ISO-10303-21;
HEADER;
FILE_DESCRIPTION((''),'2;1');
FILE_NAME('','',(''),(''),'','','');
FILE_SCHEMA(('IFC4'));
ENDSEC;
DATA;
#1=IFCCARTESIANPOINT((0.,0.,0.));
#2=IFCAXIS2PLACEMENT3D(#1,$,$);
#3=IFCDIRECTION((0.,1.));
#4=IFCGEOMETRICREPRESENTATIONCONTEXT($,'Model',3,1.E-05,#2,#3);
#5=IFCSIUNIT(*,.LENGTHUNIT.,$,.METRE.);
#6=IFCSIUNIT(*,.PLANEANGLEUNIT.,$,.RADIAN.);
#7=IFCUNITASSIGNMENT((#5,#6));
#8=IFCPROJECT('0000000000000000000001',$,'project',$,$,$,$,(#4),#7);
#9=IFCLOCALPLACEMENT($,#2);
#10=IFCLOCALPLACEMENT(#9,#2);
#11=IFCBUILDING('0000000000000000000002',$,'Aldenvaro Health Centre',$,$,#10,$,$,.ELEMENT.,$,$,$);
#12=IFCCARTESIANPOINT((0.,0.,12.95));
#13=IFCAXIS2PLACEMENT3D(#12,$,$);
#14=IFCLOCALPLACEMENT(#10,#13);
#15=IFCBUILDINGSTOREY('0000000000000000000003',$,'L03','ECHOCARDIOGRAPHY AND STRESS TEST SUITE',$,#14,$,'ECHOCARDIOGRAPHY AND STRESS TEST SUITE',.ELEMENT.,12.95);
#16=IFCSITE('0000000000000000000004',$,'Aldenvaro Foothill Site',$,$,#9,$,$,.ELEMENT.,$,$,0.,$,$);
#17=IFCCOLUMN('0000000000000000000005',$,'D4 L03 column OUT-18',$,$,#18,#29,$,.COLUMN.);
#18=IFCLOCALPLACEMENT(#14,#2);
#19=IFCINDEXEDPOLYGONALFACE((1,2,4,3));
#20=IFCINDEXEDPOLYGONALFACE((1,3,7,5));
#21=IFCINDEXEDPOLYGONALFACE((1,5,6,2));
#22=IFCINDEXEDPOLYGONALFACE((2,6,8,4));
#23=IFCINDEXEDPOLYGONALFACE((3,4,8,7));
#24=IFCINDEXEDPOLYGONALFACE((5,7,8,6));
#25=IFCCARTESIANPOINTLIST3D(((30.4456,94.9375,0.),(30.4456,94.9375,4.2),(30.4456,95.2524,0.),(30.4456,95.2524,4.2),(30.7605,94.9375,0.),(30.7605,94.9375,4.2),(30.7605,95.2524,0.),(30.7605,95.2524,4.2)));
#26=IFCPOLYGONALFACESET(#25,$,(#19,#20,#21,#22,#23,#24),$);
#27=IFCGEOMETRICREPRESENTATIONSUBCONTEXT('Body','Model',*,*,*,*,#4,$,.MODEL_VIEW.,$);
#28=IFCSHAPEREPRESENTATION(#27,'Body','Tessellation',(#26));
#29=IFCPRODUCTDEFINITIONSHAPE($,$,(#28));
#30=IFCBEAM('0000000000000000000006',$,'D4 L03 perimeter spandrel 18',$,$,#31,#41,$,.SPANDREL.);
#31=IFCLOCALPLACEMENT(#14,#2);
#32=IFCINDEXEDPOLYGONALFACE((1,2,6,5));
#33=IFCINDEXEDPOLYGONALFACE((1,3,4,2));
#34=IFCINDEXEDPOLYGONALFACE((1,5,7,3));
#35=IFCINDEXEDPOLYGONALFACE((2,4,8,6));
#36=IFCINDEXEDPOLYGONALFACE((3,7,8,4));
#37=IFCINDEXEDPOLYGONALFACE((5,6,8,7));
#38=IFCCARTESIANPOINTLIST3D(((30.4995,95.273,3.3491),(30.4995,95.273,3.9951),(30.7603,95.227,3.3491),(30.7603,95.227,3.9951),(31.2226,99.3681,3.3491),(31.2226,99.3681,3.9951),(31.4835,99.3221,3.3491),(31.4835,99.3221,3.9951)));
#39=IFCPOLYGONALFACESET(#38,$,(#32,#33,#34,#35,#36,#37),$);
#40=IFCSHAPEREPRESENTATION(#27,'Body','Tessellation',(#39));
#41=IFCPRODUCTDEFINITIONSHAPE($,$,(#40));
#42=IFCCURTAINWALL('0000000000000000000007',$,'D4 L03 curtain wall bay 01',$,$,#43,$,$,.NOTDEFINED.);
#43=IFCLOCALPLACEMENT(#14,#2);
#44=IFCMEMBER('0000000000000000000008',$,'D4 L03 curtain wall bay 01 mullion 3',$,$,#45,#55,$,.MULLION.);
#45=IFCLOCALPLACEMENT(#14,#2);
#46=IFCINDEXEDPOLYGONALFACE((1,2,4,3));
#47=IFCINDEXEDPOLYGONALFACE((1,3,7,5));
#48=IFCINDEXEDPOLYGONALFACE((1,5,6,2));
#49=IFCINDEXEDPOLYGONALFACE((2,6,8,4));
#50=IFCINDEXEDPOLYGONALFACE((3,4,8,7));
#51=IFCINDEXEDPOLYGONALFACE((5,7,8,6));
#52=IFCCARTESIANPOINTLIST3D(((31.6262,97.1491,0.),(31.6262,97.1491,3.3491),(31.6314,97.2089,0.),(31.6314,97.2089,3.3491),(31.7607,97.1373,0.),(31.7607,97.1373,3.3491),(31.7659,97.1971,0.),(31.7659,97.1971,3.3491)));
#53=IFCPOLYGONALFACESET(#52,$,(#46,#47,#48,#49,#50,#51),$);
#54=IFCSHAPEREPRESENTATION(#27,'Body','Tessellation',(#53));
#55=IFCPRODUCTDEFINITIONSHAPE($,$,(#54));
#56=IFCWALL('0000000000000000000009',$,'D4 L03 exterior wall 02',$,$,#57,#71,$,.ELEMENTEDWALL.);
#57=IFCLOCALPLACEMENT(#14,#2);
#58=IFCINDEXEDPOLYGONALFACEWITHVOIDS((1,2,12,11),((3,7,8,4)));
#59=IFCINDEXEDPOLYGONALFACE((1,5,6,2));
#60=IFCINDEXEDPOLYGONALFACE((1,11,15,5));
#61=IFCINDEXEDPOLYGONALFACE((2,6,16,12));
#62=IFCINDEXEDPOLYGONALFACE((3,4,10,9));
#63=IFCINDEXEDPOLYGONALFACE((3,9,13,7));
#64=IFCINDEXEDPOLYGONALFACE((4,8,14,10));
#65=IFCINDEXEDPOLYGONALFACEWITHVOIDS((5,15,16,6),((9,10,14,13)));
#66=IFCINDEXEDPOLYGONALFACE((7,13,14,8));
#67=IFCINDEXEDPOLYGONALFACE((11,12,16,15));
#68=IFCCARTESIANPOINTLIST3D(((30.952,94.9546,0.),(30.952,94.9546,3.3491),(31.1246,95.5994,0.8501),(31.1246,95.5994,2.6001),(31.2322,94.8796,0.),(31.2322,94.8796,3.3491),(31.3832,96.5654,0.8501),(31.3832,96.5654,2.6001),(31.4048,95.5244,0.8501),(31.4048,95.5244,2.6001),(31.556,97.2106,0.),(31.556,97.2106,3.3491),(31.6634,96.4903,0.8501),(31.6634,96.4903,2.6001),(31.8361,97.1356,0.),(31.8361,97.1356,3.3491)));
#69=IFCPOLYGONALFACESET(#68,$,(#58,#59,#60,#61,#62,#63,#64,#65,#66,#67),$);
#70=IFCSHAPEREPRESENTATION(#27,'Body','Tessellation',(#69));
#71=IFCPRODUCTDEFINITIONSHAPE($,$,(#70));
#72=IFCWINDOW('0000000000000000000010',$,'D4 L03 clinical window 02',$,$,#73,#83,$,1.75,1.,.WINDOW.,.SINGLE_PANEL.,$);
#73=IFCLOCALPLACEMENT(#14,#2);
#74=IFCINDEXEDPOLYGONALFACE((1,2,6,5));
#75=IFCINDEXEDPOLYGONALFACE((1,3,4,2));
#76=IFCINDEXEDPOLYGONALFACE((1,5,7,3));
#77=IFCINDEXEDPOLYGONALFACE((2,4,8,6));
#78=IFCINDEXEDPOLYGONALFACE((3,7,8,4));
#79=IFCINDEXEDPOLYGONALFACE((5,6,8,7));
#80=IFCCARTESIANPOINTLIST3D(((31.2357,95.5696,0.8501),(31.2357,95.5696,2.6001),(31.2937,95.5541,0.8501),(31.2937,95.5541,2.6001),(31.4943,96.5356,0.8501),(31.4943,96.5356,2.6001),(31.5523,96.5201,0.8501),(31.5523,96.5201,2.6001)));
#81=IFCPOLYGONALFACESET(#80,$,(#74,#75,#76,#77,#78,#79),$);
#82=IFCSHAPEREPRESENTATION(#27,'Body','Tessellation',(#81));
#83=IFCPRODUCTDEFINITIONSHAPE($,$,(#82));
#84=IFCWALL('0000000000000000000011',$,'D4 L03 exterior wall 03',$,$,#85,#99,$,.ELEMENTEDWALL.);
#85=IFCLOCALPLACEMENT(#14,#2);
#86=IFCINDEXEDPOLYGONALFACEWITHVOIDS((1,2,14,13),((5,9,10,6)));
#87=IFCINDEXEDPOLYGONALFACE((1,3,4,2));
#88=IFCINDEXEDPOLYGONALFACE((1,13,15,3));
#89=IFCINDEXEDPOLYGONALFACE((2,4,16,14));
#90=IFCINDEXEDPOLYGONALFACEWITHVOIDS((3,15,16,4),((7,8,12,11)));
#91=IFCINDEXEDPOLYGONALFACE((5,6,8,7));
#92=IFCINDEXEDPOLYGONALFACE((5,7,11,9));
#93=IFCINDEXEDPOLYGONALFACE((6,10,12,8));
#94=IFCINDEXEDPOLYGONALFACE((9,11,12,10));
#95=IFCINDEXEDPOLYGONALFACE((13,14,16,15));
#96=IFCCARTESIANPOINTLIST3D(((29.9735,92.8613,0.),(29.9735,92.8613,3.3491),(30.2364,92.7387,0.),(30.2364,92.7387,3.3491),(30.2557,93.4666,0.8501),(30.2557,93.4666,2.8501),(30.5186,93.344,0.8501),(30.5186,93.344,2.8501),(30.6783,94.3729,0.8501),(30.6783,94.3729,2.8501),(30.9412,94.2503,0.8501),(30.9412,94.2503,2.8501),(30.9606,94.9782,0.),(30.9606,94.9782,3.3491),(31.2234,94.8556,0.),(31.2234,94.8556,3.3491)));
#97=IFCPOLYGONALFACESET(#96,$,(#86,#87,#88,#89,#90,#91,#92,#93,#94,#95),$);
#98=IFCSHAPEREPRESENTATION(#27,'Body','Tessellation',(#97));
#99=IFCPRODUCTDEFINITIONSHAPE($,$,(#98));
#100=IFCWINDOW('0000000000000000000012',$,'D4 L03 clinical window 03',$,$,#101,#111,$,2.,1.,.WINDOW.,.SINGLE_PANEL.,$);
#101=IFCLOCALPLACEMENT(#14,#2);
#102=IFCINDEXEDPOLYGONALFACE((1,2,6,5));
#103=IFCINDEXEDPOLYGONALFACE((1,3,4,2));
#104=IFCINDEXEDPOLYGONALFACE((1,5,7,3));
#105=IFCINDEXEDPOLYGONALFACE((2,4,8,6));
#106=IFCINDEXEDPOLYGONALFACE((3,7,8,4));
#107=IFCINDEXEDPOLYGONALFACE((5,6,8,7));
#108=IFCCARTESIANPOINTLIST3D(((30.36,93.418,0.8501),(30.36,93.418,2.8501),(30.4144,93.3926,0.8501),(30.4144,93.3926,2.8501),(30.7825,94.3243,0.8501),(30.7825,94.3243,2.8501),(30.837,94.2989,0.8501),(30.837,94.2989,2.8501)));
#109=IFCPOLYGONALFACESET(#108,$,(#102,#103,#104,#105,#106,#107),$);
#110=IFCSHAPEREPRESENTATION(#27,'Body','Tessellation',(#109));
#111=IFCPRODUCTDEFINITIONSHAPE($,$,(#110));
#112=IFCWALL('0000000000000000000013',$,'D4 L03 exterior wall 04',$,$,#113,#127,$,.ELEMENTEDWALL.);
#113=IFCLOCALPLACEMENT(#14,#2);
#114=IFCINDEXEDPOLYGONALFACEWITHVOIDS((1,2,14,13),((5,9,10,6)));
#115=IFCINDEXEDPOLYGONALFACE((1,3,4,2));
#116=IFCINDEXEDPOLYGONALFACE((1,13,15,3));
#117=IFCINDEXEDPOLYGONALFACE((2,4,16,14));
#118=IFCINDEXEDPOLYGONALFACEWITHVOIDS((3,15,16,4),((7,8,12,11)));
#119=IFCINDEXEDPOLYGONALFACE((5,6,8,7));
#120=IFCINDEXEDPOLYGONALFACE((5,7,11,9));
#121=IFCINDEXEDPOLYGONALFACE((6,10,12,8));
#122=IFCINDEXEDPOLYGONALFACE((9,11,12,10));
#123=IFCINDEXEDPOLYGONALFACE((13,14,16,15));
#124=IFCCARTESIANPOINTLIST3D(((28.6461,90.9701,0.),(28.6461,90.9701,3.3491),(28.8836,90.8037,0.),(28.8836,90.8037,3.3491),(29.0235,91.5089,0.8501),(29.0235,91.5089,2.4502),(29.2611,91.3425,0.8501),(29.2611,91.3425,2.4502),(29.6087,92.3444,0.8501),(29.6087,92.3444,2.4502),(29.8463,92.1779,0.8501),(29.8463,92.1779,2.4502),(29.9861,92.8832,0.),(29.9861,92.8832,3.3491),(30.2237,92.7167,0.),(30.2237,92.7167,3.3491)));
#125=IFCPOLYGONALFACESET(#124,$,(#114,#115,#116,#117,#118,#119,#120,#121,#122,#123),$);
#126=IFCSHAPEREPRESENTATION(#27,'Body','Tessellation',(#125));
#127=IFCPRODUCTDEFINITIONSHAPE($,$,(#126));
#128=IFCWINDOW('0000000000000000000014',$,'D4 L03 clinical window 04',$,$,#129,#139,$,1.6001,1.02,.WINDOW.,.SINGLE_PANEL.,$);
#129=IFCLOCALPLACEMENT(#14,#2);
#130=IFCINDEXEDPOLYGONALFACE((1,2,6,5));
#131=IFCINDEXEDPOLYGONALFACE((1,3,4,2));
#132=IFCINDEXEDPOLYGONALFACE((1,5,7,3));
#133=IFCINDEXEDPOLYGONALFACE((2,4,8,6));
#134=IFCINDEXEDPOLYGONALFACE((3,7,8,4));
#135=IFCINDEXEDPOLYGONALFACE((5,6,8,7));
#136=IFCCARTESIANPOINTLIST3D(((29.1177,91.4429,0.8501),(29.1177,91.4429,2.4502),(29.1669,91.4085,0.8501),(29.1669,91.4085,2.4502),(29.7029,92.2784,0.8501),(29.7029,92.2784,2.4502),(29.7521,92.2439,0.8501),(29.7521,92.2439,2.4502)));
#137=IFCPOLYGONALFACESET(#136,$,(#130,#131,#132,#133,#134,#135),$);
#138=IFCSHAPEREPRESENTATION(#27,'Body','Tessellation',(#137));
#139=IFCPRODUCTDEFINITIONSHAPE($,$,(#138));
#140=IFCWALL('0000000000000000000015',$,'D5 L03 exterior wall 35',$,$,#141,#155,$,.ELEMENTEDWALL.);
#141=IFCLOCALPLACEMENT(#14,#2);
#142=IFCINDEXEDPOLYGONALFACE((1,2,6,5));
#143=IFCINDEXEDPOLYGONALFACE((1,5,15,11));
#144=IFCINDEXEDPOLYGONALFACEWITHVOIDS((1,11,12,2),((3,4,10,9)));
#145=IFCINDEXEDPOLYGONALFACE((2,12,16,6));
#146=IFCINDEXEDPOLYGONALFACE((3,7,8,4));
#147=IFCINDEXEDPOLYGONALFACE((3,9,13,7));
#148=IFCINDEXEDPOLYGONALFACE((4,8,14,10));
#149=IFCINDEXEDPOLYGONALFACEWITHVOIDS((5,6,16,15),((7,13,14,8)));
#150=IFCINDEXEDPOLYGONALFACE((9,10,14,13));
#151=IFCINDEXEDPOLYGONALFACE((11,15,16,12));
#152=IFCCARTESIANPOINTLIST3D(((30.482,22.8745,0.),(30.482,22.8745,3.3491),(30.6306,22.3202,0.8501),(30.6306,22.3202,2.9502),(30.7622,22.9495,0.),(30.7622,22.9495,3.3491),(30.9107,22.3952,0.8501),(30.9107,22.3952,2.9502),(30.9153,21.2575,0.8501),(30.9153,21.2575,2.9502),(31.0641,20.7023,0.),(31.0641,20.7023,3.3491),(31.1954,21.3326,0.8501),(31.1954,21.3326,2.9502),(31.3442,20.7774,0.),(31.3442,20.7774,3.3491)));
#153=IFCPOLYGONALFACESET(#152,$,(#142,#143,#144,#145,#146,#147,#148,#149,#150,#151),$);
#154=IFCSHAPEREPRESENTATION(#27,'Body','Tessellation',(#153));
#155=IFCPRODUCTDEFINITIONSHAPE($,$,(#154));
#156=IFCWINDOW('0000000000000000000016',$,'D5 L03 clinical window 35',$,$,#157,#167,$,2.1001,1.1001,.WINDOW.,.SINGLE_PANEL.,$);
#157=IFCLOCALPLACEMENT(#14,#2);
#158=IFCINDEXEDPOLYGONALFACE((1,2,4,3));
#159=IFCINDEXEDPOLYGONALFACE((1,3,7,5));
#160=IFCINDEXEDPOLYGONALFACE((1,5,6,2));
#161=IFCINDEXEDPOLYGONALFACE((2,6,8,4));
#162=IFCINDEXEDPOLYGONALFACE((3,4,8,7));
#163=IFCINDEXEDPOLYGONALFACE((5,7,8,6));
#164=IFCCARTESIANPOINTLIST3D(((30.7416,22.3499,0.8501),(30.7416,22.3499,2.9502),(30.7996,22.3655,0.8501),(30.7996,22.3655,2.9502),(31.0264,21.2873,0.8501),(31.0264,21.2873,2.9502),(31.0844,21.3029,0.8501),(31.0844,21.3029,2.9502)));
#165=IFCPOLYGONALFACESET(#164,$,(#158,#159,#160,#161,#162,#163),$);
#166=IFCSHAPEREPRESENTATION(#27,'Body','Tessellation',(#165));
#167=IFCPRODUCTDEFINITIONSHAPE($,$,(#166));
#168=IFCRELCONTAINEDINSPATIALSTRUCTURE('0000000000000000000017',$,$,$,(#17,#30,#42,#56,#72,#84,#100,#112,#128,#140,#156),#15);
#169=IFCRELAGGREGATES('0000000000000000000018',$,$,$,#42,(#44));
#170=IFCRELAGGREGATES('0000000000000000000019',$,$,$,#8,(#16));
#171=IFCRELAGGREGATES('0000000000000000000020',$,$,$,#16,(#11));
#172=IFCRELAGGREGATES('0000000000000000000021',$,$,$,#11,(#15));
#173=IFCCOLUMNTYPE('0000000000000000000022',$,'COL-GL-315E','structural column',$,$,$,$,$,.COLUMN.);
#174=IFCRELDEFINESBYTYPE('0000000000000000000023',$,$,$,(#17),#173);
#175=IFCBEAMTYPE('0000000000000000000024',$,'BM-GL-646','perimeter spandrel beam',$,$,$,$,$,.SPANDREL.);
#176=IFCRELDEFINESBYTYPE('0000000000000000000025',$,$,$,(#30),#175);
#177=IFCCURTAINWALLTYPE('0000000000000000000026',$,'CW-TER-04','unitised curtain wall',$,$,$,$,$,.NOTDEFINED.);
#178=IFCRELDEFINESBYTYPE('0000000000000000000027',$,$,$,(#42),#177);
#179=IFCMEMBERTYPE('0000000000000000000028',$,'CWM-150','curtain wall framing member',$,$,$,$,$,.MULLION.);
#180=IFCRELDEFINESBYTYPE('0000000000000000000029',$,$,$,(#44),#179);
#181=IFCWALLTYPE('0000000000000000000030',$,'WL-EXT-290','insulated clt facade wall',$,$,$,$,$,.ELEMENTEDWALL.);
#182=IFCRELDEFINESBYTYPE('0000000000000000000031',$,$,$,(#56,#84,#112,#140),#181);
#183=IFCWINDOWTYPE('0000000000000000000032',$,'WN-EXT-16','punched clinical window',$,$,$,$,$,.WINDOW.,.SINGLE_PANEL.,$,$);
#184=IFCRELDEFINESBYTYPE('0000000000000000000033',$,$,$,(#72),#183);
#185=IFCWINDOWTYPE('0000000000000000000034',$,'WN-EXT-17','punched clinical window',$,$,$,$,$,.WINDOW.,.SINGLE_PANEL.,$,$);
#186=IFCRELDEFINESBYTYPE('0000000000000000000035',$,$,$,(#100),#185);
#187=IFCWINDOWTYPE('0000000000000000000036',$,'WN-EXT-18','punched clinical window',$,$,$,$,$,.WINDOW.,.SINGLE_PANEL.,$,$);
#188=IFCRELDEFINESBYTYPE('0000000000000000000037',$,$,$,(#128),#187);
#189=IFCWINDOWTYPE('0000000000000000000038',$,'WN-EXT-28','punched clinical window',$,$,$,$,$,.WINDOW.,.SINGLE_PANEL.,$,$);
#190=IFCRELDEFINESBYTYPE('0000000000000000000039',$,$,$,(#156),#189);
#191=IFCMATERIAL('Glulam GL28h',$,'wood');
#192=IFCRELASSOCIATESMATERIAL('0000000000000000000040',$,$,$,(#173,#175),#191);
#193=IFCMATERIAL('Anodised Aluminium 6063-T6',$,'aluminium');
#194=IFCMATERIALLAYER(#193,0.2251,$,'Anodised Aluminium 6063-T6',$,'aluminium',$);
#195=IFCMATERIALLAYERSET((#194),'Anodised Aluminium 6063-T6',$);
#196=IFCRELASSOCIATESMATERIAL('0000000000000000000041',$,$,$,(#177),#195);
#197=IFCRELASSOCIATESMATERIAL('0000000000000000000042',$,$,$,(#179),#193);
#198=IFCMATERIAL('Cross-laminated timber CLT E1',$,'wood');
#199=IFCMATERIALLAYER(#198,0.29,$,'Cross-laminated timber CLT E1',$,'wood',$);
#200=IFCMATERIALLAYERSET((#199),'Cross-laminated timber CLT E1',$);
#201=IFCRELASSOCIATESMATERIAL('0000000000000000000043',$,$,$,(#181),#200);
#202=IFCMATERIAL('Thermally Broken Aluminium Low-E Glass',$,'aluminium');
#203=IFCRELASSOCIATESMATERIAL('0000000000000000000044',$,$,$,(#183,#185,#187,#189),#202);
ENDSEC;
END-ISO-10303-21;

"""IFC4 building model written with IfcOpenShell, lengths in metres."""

from ifc_helpers import new_model, si_unit, direction, frame, frame_2d, origin, origin_2d, place, context, subcontext, project, spatial, rectangle, extrude, material, layer, layer_set, material_profile, profile_set, type_object, element, fill, aggregate, save


model = new_model("IFC4")

# Units and contexts
model_context = context("Model", 3, precision=1e-05, world=origin(), true_north=direction((0.0, 1.0)))
body_context = subcontext(model_context, "Body", "Model", "MODEL_VIEW")
ifc_project = project(units=[si_unit("LENGTHUNIT", "METRE"), si_unit("PLANEANGLEUNIT", "RADIAN")], contexts=[model_context])

# Site, building, storey
site_placement = place(None, origin())
site = spatial("IfcSite", under=ifc_project, at=site_placement, Name="Aldenvaro Foothill Site", CompositionType="ELEMENT", RefElevation=0.0)
building_placement = place(site_placement, origin())
building = spatial("IfcBuilding", under=site, at=building_placement, Name="Aldenvaro Health Centre", CompositionType="ELEMENT")
storey_placement = place(building_placement, frame((0.0, 0.0, 12.95)))
storey = spatial("IfcBuildingStorey", under=building, at=storey_placement, Name="L03", Description="ECHOCARDIOGRAPHY AND STRESS TEST SUITE", LongName="ECHOCARDIOGRAPHY AND STRESS TEST SUITE", CompositionType="ELEMENT", Elevation=12.95)

# Column
ifc_material_1 = material(Name="Glulam GL28h", Category="wood")
ifc_material_profile_1 = material_profile(ifc_material_1, rectangle(XDim=0.3149, YDim=0.3149, at=origin_2d()), Name="GL 315x315", Category="wood")
ifc_profile_set_1 = profile_set([ifc_material_profile_1], Name="Glulam GL28h")
column_type = type_object("IfcColumnType", Name="COL-GL-315E", Description="structural column", PredefinedType="COLUMN", material=ifc_profile_set_1)
column_placement = place(storey_placement, frame((30.603, 95.095, 0.0), z_axis=(0.0, 0.0, 1.0), x_axis=(1.0, 0.0, 0.0)))
element("IfcColumn", 1, at=column_placement, inside=storey, type_object=column_type, Name="D4 L03 column OUT-18", PredefinedType="COLUMN", context=body_context, shape_type="SweptSolid", body=[
    extrude(rectangle(XDim=0.3149, YDim=0.3149, at=origin_2d()), origin(), (0.0, 0.0, 1.0), 4.2),
])

# Beam
ifc_material_profile_2 = material_profile(ifc_material_1, rectangle(XDim=0.2649, YDim=0.646, at=origin_2d()), Name="GL 265x646", Category="wood")
ifc_profile_set_2 = profile_set([ifc_material_profile_2], Name="Glulam GL28h")
beam_type = type_object("IfcBeamType", Name="BM-GL-646", Description="perimeter spandrel beam", PredefinedType="SPANDREL", material=ifc_profile_set_2)
beam_placement = place(storey_placement, frame((30.6299, 95.25, 3.6721), z_axis=(0.173903, 0.984763, 0.0), x_axis=(-0.984763, 0.173903, 0.0)))
element("IfcBeam", 2, at=beam_placement, inside=storey, type_object=beam_type, Name="D4 L03 perimeter spandrel 18", PredefinedType="SPANDREL", context=body_context, shape_type="SweptSolid", body=[
    extrude(rectangle(XDim=0.2649, YDim=0.646, at=origin_2d()), origin(), (0.0, 0.0, 1.0), 4.1584),
])

# Curtain wall, member
ifc_material_2 = material(Name="Anodised Aluminium 6063-T6", Category="aluminium")
ifc_layer_1 = layer(ifc_material_2, 0.2251, Name="Anodised Aluminium 6063-T6", Category="aluminium")
ifc_layer_set_1 = layer_set([ifc_layer_1], Name="Anodised Aluminium 6063-T6")
curtain_wall_type = type_object("IfcCurtainWallType", Name="CW-TER-04", Description="unitised curtain wall", PredefinedType="NOTDEFINED", material=ifc_layer_set_1)
curtain_wall_placement = place(storey_placement, origin())
curtain_wall = element("IfcCurtainWall", 3, at=curtain_wall_placement, inside=storey, type_object=curtain_wall_type, Name="D4 L03 curtain wall bay 01", PredefinedType="NOTDEFINED")
ifc_material_profile_3 = material_profile(ifc_material_2, rectangle(XDim=0.0601, YDim=0.135, at=origin_2d()), Name="ALU 60x135", Category="aluminium")
ifc_profile_set_3 = profile_set([ifc_material_profile_3], Name="Anodised Aluminium 6063-T6")
member_type = type_object("IfcMemberType", Name="CWM-150", Description="curtain wall framing member", PredefinedType="MULLION", material=ifc_profile_set_3)
member_placement = place(storey_placement, frame((31.696, 97.1731, 0.0), z_axis=(0.0, 0.0, 1.0), x_axis=(-0.087332, -0.996179, 0.0)))
member = element("IfcMember", 4, at=member_placement, type_object=member_type, Name="D4 L03 curtain wall bay 01 mullion 3", PredefinedType="MULLION", context=body_context, shape_type="SweptSolid", body=[
    extrude(rectangle(XDim=0.0601, YDim=0.135, at=origin_2d()), origin(), (0.0, 0.0, 1.0), 3.3491),
])
aggregate(curtain_wall, [member])

# Walls, openings, windows
ifc_material_3 = material(Name="Cross-laminated timber CLT E1", Category="wood")
ifc_layer_2 = layer(ifc_material_3, 0.29, Name="Cross-laminated timber CLT E1", Category="wood")
ifc_layer_set_2 = layer_set([ifc_layer_2], Name="Cross-laminated timber CLT E1")
wall_type = type_object("IfcWallType", Name="WL-EXT-290", Description="insulated clt facade wall", PredefinedType="ELEMENTEDWALL", material=ifc_layer_set_2)
wall_1_placement = place(storey_placement, frame((31.696, 97.1731, 0.0), z_axis=(0.0, 0.0, 1.0), x_axis=(-0.258612, -0.965981, 0.0)))
wall_1 = element("IfcWall", 5, at=wall_1_placement, inside=storey, type_object=wall_type, Name="D4 L03 exterior wall 02", PredefinedType="ELEMENTEDWALL", context=body_context, shape_type="SweptSolid", body=[
    extrude(rectangle(XDim=2.3354, YDim=0.29, at=frame_2d((1.1677, 0.0))), origin(), (0.0, 0.0, 1.0), 3.3491),
])
opening_1_placement = place(wall_1_placement, frame((0.668, 0.0, 0.8501)))
opening_1 = element("IfcOpeningElement", 6, at=opening_1_placement, cuts=wall_1, PredefinedType="OPENING", context=body_context, shape_type="SweptSolid", body=[
    extrude(rectangle(XDim=1.0, YDim=1.75, at=frame_2d((0.5, 0.875))), frame((0.0, 0.155, 0.0), z_axis=(0.0, -1.0, 0.0), x_axis=(1.0, 0.0, 0.0)), (0.0, 0.0, 1.0), 0.3101),
])
ifc_material_4 = material(Name="Thermally Broken Aluminium Low-E Glass", Category="aluminium")
window_type_1 = type_object("IfcWindowType", Name="WN-EXT-16", Description="punched clinical window", PartitioningType="SINGLE_PANEL", PredefinedType="WINDOW", material=ifc_material_4)
window_1_placement = place(opening_1_placement, origin())
window_1 = element("IfcWindow", 7, at=window_1_placement, inside=storey, type_object=window_type_1, Name="D4 L03 clinical window 02", OverallHeight=1.75, OverallWidth=1.0, PartitioningType="SINGLE_PANEL", PredefinedType="WINDOW", context=body_context, shape_type="SweptSolid", body=[
    extrude(rectangle(XDim=1.0, YDim=1.75, at=frame_2d((0.5, 0.875))), frame((0.0, 0.03, 0.0), z_axis=(0.0, -1.0, 0.0), x_axis=(1.0, 0.0, 0.0)), (0.0, 0.0, 1.0), 0.0601),
])
fill(opening_1, window_1)
wall_2_placement = place(storey_placement, frame((31.092, 94.917, 0.0), z_axis=(0.0, 0.0, 1.0), x_axis=(-0.422588, -0.906322, 0.0)))
wall_2 = element("IfcWall", 8, at=wall_2_placement, inside=storey, type_object=wall_type, Name="D4 L03 exterior wall 03", PredefinedType="ELEMENTEDWALL", context=body_context, shape_type="SweptSolid", body=[
    extrude(rectangle(XDim=2.3357, YDim=0.29, at=frame_2d((1.168, 0.0))), origin(), (0.0, 0.0, 1.0), 3.3491),
])
opening_2_placement = place(wall_2_placement, frame((0.668, 0.0, 0.8501)))
opening_2 = element("IfcOpeningElement", 9, at=opening_2_placement, cuts=wall_2, PredefinedType="OPENING", context=body_context, shape_type="SweptSolid", body=[
    extrude(rectangle(XDim=1.0, YDim=2.0, at=frame_2d((0.5, 1.0))), frame((0.0, 0.155, 0.0), z_axis=(0.0, -1.0, 0.0), x_axis=(1.0, 0.0, 0.0)), (0.0, 0.0, 1.0), 0.3101),
])
window_type_2 = type_object("IfcWindowType", Name="WN-EXT-17", Description="punched clinical window", PartitioningType="SINGLE_PANEL", PredefinedType="WINDOW", material=ifc_material_4)
window_2_placement = place(opening_2_placement, origin())
window_2 = element("IfcWindow", 10, at=window_2_placement, inside=storey, type_object=window_type_2, Name="D4 L03 clinical window 03", OverallHeight=2.0, OverallWidth=1.0, PartitioningType="SINGLE_PANEL", PredefinedType="WINDOW", context=body_context, shape_type="SweptSolid", body=[
    extrude(rectangle(XDim=1.0, YDim=2.0, at=frame_2d((0.5, 1.0))), frame((0.0, 0.03, 0.0), z_axis=(0.0, -1.0, 0.0), x_axis=(1.0, 0.0, 0.0)), (0.0, 0.0, 1.0), 0.0601),
])
fill(opening_2, window_2)
wall_3_placement = place(storey_placement, frame((30.105, 92.8, 0.0), z_axis=(0.0, 0.0, 1.0), x_axis=(-0.573729, -0.819045, 0.0)))
wall_3 = element("IfcWall", 11, at=wall_3_placement, inside=storey, type_object=wall_type, Name="D4 L03 exterior wall 04", PredefinedType="ELEMENTEDWALL", context=body_context, shape_type="SweptSolid", body=[
    extrude(rectangle(XDim=2.3357, YDim=0.29, at=frame_2d((1.168, 0.0))), origin(), (0.0, 0.0, 1.0), 3.3491),
])
opening_3_placement = place(wall_3_placement, frame((0.658, 0.0, 0.8501)))
opening_3 = element("IfcOpeningElement", 12, at=opening_3_placement, cuts=wall_3, PredefinedType="OPENING", context=body_context, shape_type="SweptSolid", body=[
    extrude(rectangle(XDim=1.02, YDim=1.6001, at=frame_2d((0.51, 0.8))), frame((0.0, 0.155, 0.0), z_axis=(0.0, -1.0, 0.0), x_axis=(1.0, 0.0, 0.0)), (0.0, 0.0, 1.0), 0.3101),
])
window_type_3 = type_object("IfcWindowType", Name="WN-EXT-18", Description="punched clinical window", PartitioningType="SINGLE_PANEL", PredefinedType="WINDOW", material=ifc_material_4)
window_3_placement = place(opening_3_placement, origin())
window_3 = element("IfcWindow", 13, at=window_3_placement, inside=storey, type_object=window_type_3, Name="D4 L03 clinical window 04", OverallHeight=1.6001, OverallWidth=1.02, PartitioningType="SINGLE_PANEL", PredefinedType="WINDOW", context=body_context, shape_type="SweptSolid", body=[
    extrude(rectangle(XDim=1.02, YDim=1.6001, at=frame_2d((0.51, 0.8))), frame((0.0, 0.03, 0.0), z_axis=(0.0, -1.0, 0.0), x_axis=(1.0, 0.0, 0.0)), (0.0, 0.0, 1.0), 0.0601),
])
fill(opening_3, window_3)
wall_4_placement = place(storey_placement, frame((30.6221, 22.9121, 0.0), z_axis=(0.0, 0.0, 1.0), x_axis=(0.258825, -0.965924, 0.0)))
wall_4 = element("IfcWall", 14, at=wall_4_placement, inside=storey, type_object=wall_type, Name="D5 L03 exterior wall 35", PredefinedType="ELEMENTEDWALL", context=body_context, shape_type="SweptSolid", body=[
    extrude(rectangle(XDim=2.2488, YDim=0.29, at=frame_2d((1.1245, 0.0))), origin(), (0.0, 0.0, 1.0), 3.3491),
])
opening_4_placement = place(wall_4_placement, frame((0.574, 0.0, 0.8501)))
opening_4 = element("IfcOpeningElement", 15, at=opening_4_placement, cuts=wall_4, PredefinedType="OPENING", context=body_context, shape_type="SweptSolid", body=[
    extrude(rectangle(XDim=1.1001, YDim=2.1001, at=frame_2d((0.55, 1.05))), frame((0.0, 0.155, 0.0), z_axis=(0.0, -1.0, 0.0), x_axis=(1.0, 0.0, 0.0)), (0.0, 0.0, 1.0), 0.3101),
])
window_type_4 = type_object("IfcWindowType", Name="WN-EXT-28", Description="punched clinical window", PartitioningType="SINGLE_PANEL", PredefinedType="WINDOW", material=ifc_material_4)
window_4_placement = place(opening_4_placement, origin())
window_4 = element("IfcWindow", 16, at=window_4_placement, inside=storey, type_object=window_type_4, Name="D5 L03 clinical window 35", OverallHeight=2.1001, OverallWidth=1.1001, PartitioningType="SINGLE_PANEL", PredefinedType="WINDOW", context=body_context, shape_type="SweptSolid", body=[
    extrude(rectangle(XDim=1.1001, YDim=2.1001, at=frame_2d((0.55, 1.05))), frame((0.0, 0.03, 0.0), z_axis=(0.0, -1.0, 0.0), x_axis=(1.0, 0.0, 0.0)), (0.0, 0.0, 1.0), 0.0601),
])
fill(opening_4, window_4)

save(model, "model.ifc")
